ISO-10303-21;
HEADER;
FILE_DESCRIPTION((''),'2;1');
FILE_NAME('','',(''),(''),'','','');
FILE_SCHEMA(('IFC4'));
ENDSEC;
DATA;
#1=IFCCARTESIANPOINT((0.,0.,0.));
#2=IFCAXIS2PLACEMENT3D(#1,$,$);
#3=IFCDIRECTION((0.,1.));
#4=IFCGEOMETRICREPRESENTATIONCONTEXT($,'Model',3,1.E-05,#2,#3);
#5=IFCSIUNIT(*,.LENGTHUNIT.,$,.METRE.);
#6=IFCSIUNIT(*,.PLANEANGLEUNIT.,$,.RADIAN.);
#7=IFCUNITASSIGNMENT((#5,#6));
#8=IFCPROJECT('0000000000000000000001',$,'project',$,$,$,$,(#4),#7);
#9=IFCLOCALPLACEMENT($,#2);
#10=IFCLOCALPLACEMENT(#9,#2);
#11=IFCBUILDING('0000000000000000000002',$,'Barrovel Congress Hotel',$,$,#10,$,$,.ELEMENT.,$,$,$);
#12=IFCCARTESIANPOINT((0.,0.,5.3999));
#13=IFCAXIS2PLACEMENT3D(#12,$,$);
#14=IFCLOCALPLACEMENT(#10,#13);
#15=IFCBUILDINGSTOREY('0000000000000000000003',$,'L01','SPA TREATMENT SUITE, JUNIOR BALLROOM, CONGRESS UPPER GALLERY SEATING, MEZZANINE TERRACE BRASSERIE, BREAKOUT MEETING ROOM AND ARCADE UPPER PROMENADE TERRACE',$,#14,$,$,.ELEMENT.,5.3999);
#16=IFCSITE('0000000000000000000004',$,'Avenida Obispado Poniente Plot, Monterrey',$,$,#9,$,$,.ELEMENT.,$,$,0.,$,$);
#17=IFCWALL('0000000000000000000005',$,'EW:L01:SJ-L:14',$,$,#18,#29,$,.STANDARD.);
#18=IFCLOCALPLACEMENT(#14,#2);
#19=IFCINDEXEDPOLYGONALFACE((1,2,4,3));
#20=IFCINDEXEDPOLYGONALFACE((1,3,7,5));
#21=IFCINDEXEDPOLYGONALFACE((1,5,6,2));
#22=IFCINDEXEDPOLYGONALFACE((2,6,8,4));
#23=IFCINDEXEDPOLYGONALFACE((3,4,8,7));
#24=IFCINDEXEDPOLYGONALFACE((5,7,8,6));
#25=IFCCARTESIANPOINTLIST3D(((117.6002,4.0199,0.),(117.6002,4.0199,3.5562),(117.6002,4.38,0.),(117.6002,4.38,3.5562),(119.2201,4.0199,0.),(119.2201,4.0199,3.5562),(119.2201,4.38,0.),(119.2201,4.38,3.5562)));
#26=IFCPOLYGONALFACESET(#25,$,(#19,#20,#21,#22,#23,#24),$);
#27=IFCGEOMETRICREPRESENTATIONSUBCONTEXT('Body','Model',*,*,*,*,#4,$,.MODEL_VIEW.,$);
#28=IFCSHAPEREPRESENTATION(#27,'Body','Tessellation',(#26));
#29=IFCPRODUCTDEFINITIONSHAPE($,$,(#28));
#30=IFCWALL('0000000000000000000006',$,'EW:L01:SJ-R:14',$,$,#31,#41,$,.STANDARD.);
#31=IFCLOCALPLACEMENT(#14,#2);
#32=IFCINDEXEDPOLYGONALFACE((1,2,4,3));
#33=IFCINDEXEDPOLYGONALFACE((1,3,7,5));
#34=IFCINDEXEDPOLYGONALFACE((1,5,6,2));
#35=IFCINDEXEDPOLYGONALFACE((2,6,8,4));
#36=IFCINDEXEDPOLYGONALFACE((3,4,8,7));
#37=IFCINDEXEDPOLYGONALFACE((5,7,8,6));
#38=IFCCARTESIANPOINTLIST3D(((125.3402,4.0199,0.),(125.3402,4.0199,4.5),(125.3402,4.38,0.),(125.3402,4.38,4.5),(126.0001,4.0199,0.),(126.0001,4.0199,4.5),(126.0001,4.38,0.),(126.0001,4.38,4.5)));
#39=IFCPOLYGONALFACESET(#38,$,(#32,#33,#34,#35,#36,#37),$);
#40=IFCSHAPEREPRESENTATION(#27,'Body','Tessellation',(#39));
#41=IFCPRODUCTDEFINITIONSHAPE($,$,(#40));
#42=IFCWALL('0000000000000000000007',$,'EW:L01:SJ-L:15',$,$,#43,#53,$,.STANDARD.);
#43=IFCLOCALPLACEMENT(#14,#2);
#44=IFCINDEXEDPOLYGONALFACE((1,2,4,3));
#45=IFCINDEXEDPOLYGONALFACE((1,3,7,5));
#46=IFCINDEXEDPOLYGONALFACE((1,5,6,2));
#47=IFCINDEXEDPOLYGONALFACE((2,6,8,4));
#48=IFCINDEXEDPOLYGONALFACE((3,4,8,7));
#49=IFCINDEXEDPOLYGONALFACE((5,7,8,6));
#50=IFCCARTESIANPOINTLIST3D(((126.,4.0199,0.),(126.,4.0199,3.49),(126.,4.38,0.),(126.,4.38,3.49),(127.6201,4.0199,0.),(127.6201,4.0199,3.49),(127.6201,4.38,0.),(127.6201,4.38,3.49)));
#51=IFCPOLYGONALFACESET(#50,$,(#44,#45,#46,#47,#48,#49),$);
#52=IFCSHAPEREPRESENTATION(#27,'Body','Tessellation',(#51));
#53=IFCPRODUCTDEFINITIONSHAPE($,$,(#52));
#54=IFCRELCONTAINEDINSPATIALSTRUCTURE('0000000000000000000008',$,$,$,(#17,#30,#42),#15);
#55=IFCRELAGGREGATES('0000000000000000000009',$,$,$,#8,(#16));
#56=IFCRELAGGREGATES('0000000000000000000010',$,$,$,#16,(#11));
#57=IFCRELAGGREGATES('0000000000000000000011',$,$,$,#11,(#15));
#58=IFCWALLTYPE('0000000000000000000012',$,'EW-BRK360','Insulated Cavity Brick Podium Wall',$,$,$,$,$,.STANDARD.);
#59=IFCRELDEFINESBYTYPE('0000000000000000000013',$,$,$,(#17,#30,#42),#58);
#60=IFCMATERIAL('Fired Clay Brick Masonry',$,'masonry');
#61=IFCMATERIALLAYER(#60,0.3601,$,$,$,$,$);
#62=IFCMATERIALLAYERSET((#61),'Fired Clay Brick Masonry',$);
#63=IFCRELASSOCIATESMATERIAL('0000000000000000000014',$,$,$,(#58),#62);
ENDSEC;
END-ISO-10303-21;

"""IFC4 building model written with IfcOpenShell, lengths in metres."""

from ifc_helpers import new_model, si_unit, direction, frame, frame_2d, origin, place, context, subcontext, project, spatial, rectangle, extrude, material, layer, layer_set, type_object, element, save


model = new_model("IFC4")

# Units and contexts
model_context = context("Model", 3, precision=1e-05, world=origin(), true_north=direction((0.0, 1.0)))
body_context = subcontext(model_context, "Body", "Model", "MODEL_VIEW")
ifc_project = project(units=[si_unit("LENGTHUNIT", "METRE"), si_unit("PLANEANGLEUNIT", "RADIAN")], contexts=[model_context])

# Site, building, storey
site_placement = place(None, origin())
site = spatial("IfcSite", under=ifc_project, at=site_placement, Name="Avenida Obispado Poniente Plot, Monterrey", CompositionType="ELEMENT", RefElevation=0.0)
building_placement = place(site_placement, origin())
building = spatial("IfcBuilding", under=site, at=building_placement, Name="Barrovel Congress Hotel", CompositionType="ELEMENT")
storey_placement = place(building_placement, frame((0.0, 0.0, 5.3999)))
storey = spatial("IfcBuildingStorey", under=building, at=storey_placement, Name="L01", Description="SPA TREATMENT SUITE, JUNIOR BALLROOM, CONGRESS UPPER GALLERY SEATING, MEZZANINE TERRACE BRASSERIE, BREAKOUT MEETING ROOM AND ARCADE UPPER PROMENADE TERRACE", CompositionType="ELEMENT", Elevation=5.3999)

# Walls
ifc_material_1 = material(Name="Fired Clay Brick Masonry", Category="masonry")
ifc_layer_1 = layer(ifc_material_1, 0.3601)
ifc_layer_set_1 = layer_set([ifc_layer_1], Name="Fired Clay Brick Masonry")
wall_type = type_object("IfcWallType", Name="EW-BRK360", Description="Insulated Cavity Brick Podium Wall", PredefinedType="STANDARD", material=ifc_layer_set_1)
wall_1_placement = place(storey_placement, frame((117.6001, 4.2, 0.0), z_axis=(0.0, 0.0, 1.0), x_axis=(1.0, 0.0, 0.0)))
element("IfcWall", 1, at=wall_1_placement, inside=storey, type_object=wall_type, Name="EW:L01:SJ-L:14", PredefinedType="STANDARD", context=body_context, shape_type="SweptSolid", body=[
    extrude(rectangle(XDim=1.6199, YDim=0.3601, at=frame_2d((0.8101, 0.0))), origin(), (0.0, 0.0, 1.0), 3.5562),
])
wall_2_placement = place(storey_placement, frame((125.3401, 4.2, 0.0), z_axis=(0.0, 0.0, 1.0), x_axis=(1.0, 0.0, 0.0)))
element("IfcWall", 2, at=wall_2_placement, inside=storey, type_object=wall_type, Name="EW:L01:SJ-R:14", PredefinedType="STANDARD", context=body_context, shape_type="SweptSolid", body=[
    extrude(rectangle(XDim=0.6599, YDim=0.3601, at=frame_2d((0.3301, 0.0))), origin(), (0.0, 0.0, 1.0), 4.5),
])
wall_3_placement = place(storey_placement, frame((126.0, 4.2, 0.0), z_axis=(0.0, 0.0, 1.0), x_axis=(1.0, 0.0, 0.0)))
element("IfcWall", 3, at=wall_3_placement, inside=storey, type_object=wall_type, Name="EW:L01:SJ-L:15", PredefinedType="STANDARD", context=body_context, shape_type="SweptSolid", body=[
    extrude(rectangle(XDim=1.6201, YDim=0.3601, at=frame_2d((0.8101, 0.0))), origin(), (0.0, 0.0, 1.0), 3.49),
])

save(model, "model.ifc")
